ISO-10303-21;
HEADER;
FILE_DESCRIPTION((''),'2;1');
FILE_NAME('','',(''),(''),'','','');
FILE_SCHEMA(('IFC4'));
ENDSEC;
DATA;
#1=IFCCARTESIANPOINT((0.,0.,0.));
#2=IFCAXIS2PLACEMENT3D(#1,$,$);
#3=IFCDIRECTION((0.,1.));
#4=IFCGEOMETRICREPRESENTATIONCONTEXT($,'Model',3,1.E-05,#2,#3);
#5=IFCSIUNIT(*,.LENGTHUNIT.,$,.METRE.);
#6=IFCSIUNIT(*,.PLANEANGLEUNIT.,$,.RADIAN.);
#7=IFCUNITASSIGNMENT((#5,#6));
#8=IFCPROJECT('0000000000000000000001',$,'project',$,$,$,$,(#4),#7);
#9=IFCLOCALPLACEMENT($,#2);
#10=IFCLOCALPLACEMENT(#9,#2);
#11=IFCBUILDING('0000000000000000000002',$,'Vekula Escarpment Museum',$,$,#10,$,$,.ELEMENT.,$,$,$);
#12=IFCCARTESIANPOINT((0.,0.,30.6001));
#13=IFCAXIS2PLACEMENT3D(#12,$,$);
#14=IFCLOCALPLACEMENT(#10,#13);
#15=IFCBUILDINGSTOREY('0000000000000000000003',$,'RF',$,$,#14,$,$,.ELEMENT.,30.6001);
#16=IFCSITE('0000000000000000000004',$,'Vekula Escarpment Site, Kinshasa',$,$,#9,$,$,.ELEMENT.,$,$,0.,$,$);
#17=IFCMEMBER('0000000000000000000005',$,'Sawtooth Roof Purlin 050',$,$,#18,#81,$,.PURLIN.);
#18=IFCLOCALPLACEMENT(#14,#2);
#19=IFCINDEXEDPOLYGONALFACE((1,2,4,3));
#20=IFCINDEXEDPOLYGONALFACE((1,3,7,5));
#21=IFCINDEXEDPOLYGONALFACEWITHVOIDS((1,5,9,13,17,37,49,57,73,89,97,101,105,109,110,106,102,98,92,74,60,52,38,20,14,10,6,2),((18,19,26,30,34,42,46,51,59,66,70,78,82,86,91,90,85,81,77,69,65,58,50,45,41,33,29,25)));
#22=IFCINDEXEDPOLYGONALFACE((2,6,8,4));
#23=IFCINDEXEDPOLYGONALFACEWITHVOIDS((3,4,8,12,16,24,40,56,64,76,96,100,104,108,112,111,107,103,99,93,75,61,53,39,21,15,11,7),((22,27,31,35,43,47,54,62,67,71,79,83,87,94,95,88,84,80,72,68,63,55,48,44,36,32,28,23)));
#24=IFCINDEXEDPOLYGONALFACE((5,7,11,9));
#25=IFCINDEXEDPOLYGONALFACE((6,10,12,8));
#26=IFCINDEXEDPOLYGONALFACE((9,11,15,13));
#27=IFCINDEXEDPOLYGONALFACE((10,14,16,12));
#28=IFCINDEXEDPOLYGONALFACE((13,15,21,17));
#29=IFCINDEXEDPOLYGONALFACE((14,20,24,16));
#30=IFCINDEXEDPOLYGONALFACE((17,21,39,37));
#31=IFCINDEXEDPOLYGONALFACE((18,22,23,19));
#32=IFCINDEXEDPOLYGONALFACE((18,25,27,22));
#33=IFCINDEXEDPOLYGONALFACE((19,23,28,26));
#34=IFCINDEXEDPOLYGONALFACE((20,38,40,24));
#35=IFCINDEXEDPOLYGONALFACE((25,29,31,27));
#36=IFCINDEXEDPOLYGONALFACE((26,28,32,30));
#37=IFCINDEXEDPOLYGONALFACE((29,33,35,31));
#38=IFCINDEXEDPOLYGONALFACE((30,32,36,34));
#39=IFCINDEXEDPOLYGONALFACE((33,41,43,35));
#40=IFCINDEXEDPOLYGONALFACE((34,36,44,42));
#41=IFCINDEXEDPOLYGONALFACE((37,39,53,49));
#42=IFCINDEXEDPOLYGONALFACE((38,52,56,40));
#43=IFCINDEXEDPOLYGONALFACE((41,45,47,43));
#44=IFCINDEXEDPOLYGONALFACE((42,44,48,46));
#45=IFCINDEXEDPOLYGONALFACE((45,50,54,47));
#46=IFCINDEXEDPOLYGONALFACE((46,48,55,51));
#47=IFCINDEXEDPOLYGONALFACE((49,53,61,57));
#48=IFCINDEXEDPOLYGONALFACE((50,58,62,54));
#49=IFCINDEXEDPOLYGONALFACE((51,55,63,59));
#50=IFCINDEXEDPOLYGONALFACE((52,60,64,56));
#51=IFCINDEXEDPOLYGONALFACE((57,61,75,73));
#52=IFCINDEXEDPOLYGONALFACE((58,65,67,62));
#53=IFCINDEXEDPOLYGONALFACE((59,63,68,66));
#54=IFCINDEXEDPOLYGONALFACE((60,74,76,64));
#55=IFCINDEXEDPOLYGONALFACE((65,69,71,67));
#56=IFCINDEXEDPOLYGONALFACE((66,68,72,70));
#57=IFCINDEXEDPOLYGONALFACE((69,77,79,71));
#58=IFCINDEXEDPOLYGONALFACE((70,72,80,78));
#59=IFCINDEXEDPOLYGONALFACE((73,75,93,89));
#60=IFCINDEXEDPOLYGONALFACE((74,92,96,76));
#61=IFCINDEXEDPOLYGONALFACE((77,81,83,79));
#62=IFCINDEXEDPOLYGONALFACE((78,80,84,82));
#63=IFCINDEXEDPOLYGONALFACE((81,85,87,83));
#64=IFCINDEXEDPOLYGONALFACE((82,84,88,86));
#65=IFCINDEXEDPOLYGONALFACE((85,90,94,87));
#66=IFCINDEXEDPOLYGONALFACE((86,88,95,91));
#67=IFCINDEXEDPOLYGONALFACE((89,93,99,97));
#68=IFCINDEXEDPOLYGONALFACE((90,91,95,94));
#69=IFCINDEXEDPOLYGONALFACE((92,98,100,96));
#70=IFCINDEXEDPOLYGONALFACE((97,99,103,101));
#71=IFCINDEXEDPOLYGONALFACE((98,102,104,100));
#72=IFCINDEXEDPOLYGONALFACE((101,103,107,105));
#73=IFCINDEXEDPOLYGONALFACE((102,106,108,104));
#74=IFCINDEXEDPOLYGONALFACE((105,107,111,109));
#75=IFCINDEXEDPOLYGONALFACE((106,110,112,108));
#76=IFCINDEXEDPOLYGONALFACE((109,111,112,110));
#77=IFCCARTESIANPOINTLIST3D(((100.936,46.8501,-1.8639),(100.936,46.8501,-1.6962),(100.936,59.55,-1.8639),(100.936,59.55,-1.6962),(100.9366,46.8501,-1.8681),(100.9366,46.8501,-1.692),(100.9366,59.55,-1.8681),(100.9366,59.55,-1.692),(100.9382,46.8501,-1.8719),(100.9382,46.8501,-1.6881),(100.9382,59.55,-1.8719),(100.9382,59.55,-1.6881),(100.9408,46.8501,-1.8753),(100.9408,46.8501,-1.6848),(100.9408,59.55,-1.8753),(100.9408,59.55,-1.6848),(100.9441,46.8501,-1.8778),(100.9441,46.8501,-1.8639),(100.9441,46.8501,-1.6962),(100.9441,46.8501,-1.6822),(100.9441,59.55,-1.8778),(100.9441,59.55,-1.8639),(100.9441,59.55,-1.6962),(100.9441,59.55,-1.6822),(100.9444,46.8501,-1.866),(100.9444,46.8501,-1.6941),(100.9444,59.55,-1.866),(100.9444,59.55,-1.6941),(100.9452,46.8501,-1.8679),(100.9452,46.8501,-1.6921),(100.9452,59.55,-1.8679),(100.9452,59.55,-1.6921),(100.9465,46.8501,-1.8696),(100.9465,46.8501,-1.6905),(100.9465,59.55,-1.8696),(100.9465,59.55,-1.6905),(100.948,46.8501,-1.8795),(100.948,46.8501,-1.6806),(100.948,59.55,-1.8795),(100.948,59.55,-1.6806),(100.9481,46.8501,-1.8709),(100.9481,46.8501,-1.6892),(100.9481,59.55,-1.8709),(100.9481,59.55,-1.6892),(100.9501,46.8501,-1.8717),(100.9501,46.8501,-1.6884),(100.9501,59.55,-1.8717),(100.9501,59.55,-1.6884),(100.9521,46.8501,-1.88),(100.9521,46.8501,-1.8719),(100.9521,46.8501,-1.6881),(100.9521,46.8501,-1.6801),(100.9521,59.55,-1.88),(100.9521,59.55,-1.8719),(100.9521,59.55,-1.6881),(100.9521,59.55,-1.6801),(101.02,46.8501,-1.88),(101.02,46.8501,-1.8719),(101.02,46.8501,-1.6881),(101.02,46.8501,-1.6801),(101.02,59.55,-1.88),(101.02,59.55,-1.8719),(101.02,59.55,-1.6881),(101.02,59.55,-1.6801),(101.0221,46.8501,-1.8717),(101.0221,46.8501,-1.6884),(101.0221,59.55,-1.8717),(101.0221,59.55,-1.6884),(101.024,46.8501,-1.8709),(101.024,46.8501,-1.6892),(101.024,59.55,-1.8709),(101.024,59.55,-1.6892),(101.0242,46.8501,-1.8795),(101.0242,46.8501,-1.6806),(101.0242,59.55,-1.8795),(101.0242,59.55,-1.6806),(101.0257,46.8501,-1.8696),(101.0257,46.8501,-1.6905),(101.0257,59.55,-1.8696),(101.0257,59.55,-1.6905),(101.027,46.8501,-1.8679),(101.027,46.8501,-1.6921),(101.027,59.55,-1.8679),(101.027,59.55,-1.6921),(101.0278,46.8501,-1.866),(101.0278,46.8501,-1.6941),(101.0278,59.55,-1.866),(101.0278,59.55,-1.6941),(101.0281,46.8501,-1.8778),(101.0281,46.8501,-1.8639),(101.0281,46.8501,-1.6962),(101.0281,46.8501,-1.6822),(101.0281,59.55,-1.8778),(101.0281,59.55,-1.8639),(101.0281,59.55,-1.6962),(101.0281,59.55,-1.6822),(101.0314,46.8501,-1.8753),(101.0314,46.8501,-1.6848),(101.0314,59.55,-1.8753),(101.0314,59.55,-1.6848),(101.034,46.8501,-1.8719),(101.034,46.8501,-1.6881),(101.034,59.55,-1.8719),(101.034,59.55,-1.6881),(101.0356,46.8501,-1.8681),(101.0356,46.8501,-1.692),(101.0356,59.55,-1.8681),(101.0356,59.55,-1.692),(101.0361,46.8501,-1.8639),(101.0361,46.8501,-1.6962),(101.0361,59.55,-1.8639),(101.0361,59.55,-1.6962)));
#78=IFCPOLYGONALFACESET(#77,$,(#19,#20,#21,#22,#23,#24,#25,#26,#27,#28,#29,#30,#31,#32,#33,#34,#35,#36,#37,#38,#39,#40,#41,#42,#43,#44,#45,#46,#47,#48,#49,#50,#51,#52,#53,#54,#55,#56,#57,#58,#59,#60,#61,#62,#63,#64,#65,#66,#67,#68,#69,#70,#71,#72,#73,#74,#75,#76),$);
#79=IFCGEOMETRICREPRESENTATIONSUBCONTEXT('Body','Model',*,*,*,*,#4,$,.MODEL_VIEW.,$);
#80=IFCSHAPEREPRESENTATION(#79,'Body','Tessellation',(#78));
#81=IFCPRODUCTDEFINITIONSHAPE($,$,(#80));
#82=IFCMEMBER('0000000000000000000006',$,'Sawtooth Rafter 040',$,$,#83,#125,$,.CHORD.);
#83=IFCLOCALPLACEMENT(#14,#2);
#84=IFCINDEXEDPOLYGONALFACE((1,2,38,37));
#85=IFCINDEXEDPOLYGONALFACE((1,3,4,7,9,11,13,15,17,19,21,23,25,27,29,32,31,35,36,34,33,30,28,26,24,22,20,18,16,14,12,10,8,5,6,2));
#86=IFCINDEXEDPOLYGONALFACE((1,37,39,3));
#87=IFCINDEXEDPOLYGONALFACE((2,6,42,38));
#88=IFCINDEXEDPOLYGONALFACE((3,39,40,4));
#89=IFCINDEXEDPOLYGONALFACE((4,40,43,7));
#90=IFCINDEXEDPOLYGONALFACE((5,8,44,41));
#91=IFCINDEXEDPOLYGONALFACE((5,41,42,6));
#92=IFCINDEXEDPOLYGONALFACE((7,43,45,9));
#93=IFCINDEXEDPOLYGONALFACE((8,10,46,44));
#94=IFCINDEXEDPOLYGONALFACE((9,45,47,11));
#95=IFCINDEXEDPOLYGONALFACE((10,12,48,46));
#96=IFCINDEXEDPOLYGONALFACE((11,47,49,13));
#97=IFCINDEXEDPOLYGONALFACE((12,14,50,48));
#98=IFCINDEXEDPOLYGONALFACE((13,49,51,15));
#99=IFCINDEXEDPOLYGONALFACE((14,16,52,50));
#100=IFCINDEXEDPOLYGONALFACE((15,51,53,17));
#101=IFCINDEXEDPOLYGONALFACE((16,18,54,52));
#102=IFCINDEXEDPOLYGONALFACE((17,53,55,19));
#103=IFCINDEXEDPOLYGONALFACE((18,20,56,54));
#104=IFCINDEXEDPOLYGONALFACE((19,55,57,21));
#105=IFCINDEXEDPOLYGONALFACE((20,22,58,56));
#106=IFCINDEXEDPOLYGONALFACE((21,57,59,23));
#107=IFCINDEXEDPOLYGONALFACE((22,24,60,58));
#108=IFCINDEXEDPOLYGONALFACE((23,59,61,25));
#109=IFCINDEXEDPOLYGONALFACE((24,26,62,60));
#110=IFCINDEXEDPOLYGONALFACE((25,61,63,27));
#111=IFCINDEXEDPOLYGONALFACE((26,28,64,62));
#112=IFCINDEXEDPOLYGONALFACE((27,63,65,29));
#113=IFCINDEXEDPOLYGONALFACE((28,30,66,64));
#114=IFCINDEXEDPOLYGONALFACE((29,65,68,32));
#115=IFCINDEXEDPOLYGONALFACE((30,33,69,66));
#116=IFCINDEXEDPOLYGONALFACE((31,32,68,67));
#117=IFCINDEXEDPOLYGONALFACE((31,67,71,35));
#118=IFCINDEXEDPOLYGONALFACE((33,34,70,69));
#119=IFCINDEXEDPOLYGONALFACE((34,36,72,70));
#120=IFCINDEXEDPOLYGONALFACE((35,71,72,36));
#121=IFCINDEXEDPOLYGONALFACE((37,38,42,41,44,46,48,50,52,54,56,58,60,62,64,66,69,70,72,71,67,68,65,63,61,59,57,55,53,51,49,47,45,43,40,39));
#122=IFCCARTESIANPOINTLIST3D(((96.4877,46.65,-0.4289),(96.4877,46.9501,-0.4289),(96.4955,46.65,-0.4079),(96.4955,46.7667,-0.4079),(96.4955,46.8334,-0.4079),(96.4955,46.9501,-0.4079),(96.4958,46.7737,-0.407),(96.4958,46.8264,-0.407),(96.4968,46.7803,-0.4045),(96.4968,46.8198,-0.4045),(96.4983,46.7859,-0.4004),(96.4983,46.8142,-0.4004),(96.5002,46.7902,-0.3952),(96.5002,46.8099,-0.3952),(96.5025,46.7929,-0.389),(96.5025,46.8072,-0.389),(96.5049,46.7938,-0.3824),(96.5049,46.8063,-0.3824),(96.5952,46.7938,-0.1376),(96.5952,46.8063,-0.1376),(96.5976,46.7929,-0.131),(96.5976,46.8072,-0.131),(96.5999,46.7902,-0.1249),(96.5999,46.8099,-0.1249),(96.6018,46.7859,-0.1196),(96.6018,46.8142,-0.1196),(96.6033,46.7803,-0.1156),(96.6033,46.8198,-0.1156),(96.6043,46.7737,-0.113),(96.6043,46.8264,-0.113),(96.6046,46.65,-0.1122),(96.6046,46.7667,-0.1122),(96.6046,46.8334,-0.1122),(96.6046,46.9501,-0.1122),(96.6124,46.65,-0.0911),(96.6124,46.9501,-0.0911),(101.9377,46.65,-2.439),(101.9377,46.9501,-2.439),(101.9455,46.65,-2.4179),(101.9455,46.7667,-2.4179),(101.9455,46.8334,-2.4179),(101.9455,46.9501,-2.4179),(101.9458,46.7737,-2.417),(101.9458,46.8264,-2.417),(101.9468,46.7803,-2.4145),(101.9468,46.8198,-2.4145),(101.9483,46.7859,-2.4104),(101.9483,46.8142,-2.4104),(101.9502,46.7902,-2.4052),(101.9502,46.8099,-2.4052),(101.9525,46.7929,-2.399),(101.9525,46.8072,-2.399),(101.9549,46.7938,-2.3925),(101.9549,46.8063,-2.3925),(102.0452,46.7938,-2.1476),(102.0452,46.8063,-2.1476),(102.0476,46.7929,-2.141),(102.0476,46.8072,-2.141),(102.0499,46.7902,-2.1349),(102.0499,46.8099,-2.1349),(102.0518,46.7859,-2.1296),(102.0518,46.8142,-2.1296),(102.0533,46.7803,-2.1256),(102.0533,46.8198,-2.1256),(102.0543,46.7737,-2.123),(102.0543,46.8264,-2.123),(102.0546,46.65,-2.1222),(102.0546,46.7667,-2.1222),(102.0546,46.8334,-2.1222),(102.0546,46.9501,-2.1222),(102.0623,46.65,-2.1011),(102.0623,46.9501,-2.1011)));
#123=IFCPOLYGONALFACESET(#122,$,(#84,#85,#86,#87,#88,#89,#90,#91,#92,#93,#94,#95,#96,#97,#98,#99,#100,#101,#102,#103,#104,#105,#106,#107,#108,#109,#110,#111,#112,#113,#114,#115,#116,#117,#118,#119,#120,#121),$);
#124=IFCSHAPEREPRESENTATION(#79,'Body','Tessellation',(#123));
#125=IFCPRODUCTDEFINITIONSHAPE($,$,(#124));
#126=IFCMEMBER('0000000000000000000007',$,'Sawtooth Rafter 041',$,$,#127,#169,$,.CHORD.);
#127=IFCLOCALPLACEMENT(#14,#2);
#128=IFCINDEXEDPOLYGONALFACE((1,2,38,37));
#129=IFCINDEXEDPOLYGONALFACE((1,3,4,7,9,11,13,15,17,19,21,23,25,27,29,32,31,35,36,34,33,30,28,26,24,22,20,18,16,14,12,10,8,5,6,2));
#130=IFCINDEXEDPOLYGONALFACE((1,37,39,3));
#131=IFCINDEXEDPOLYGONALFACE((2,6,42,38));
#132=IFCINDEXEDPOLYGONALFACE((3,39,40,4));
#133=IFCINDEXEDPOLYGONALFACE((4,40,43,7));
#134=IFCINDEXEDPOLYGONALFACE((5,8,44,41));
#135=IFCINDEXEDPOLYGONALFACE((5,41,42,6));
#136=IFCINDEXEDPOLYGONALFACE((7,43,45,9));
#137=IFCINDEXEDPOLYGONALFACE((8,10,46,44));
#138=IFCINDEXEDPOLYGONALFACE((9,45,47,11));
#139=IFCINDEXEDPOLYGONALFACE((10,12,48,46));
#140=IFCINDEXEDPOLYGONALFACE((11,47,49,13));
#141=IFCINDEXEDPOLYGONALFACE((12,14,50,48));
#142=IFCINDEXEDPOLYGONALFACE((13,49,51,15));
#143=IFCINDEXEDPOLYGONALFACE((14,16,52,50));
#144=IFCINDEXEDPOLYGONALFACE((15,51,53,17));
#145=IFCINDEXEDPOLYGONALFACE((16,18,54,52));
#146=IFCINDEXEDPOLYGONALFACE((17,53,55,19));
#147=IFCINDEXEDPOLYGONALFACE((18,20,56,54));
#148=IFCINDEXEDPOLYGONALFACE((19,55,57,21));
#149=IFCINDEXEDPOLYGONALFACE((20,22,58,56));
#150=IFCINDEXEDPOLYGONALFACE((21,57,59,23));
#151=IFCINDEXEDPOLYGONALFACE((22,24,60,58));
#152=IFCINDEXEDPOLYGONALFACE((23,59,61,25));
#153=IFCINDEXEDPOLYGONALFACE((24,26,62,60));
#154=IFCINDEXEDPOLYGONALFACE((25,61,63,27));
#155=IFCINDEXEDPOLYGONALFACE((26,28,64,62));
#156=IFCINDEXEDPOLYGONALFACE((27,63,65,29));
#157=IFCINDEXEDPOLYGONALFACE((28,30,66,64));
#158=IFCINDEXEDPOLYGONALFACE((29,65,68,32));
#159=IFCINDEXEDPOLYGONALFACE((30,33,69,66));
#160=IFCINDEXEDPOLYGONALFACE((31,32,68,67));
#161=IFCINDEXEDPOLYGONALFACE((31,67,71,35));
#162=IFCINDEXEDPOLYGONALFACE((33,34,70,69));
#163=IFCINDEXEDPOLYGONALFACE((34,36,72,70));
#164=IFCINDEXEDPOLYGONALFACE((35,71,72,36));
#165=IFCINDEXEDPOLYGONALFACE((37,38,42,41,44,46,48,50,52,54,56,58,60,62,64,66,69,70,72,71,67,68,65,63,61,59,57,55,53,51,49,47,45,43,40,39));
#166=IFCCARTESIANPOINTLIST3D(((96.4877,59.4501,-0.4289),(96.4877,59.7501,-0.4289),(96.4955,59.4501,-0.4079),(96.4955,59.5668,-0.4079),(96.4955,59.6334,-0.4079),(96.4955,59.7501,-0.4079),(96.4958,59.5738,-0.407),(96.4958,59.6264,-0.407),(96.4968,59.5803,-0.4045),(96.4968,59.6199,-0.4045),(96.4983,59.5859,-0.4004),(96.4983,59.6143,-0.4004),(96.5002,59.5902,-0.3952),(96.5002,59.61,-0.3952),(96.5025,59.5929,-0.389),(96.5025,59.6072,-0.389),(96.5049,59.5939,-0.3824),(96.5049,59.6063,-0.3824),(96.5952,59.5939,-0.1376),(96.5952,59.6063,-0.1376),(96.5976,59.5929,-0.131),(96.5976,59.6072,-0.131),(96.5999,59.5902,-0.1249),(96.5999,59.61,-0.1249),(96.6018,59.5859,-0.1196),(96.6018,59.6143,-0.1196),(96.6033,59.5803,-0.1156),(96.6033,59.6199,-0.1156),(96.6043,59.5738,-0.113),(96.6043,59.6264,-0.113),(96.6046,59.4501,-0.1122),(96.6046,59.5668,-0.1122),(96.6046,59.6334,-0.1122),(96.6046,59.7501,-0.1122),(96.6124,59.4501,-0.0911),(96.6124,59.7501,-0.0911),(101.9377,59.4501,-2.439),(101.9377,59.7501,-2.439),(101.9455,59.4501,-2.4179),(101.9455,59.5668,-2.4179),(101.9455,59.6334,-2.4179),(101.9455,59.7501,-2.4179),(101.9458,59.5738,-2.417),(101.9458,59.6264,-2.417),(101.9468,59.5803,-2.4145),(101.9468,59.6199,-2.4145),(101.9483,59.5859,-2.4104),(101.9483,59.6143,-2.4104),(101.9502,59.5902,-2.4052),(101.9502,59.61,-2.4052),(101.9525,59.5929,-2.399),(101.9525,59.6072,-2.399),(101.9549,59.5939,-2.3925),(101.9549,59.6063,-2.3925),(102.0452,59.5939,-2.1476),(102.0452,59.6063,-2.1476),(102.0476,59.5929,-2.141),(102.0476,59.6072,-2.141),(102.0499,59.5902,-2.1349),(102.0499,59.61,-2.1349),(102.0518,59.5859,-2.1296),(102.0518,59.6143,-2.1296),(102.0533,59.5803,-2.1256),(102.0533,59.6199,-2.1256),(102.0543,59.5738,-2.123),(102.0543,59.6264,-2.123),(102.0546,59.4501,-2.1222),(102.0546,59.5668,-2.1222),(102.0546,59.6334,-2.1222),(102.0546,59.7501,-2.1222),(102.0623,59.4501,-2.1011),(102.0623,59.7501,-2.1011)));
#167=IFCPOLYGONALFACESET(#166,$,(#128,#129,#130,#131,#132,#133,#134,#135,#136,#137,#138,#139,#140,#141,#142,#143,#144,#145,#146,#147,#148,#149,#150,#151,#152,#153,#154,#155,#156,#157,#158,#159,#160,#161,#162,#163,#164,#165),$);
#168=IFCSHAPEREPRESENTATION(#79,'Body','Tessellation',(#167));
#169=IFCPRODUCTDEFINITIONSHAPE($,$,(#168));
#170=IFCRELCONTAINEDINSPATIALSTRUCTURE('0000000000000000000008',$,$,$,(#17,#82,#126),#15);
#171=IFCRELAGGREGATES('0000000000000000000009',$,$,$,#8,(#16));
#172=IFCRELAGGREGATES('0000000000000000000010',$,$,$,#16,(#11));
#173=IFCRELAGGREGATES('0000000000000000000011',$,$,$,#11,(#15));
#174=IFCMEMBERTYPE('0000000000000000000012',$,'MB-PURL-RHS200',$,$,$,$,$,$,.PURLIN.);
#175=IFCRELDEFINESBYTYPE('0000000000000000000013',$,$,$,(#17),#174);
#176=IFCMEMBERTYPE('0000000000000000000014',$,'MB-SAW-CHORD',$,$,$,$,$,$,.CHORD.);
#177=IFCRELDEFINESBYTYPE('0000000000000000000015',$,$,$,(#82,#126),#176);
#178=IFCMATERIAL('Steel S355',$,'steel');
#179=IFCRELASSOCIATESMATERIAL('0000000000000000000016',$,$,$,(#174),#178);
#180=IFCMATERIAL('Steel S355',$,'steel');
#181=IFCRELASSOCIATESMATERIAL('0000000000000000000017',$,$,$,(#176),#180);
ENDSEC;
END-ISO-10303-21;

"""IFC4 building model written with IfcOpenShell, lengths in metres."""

from ifc_helpers import new_model, si_unit, direction, frame, origin, origin_2d, place, context, subcontext, project, spatial, hollow_rectangle, i_section, extrude, material, material_profile, profile_set, type_object, element, save


model = new_model("IFC4")

# Units and contexts
model_context = context("Model", 3, precision=1e-05, world=origin(), true_north=direction((0.0, 1.0)))
body_context = subcontext(model_context, "Body", "Model", "MODEL_VIEW")
ifc_project = project(units=[si_unit("LENGTHUNIT", "METRE"), si_unit("PLANEANGLEUNIT", "RADIAN")], contexts=[model_context])

# Site, building, storey
site_placement = place(None, origin())
site = spatial("IfcSite", under=ifc_project, at=site_placement, Name="Vekula Escarpment Site, Kinshasa", CompositionType="ELEMENT", RefElevation=0.0)
building_placement = place(site_placement, origin())
building = spatial("IfcBuilding", under=site, at=building_placement, Name="Vekula Escarpment Museum", CompositionType="ELEMENT")
storey_placement = place(building_placement, frame((0.0, 0.0, 30.6001)))
storey = spatial("IfcBuildingStorey", under=building, at=storey_placement, Name="RF", CompositionType="ELEMENT", Elevation=30.6001)

# Members
ifc_material_1 = material(Name="Steel S355", Category="steel")
ifc_material_profile_1 = material_profile(ifc_material_1, hollow_rectangle(XDim=0.1001, YDim=0.2, WallThickness=0.0081, InnerFilletRadius=0.0081, OuterFilletRadius=0.0161, at=origin_2d()), Name="RHS 200x100x8")
ifc_profile_set_1 = profile_set([ifc_material_profile_1], Name="Steel S355")
member_type_1 = type_object("IfcMemberType", Name="MB-PURL-RHS200", PredefinedType="PURLIN", material=ifc_profile_set_1)
member_1_placement = place(storey_placement, frame((100.9861, 46.8501, -1.78), z_axis=(0.0, 1.0, 0.0), x_axis=(-1.0, 0.0, 0.0)))
element("IfcMember", 1, at=member_1_placement, inside=storey, type_object=member_type_1, Name="Sawtooth Roof Purlin 050", PredefinedType="PURLIN", context=body_context, shape_type="SweptSolid", body=[
    extrude(hollow_rectangle(XDim=0.1001, YDim=0.2, WallThickness=0.0081, InnerFilletRadius=0.0081, OuterFilletRadius=0.0161, at=origin_2d()), origin(), (0.0, 0.0, 1.0), 12.7),
])
ifc_material_2 = material(Name="Steel S355", Category="steel")
ifc_material_profile_2 = material_profile(ifc_material_2, i_section(OverallWidth=0.3, OverallDepth=0.3601, WebThickness=0.0125, FlangeThickness=0.0225, FilletRadius=0.0271, at=origin_2d()), Name="HEB 360")
ifc_profile_set_2 = profile_set([ifc_material_profile_2], Name="Steel S355")
member_type_2 = type_object("IfcMemberType", Name="MB-SAW-CHORD", PredefinedType="CHORD", material=ifc_profile_set_2)
for number, where, z_axis, x_axis, name in (
    (2, (96.55, 46.8, -0.26), (0.938224, 0.0, -0.346029), (0.0, 1.0, 0.0), "Sawtooth Rafter 040"),
    (3, (96.55, 59.6001, -0.26), (0.938224, 0.0, -0.346029), (0.0, 1.0, 0.0), "Sawtooth Rafter 041"),
):
    element("IfcMember", number, at=place(storey_placement, frame(where, z_axis=z_axis, x_axis=x_axis)), inside=storey, type_object=member_type_2, Name=name, PredefinedType="CHORD", context=body_context, shape_type="SweptSolid", body=[
        extrude(i_section(OverallWidth=0.3, OverallDepth=0.3601, WebThickness=0.0125, FlangeThickness=0.0225, FilletRadius=0.0271, at=origin_2d()), origin(), (0.0, 0.0, 1.0), 5.8088),
    ])

save(model, "model.ifc")
